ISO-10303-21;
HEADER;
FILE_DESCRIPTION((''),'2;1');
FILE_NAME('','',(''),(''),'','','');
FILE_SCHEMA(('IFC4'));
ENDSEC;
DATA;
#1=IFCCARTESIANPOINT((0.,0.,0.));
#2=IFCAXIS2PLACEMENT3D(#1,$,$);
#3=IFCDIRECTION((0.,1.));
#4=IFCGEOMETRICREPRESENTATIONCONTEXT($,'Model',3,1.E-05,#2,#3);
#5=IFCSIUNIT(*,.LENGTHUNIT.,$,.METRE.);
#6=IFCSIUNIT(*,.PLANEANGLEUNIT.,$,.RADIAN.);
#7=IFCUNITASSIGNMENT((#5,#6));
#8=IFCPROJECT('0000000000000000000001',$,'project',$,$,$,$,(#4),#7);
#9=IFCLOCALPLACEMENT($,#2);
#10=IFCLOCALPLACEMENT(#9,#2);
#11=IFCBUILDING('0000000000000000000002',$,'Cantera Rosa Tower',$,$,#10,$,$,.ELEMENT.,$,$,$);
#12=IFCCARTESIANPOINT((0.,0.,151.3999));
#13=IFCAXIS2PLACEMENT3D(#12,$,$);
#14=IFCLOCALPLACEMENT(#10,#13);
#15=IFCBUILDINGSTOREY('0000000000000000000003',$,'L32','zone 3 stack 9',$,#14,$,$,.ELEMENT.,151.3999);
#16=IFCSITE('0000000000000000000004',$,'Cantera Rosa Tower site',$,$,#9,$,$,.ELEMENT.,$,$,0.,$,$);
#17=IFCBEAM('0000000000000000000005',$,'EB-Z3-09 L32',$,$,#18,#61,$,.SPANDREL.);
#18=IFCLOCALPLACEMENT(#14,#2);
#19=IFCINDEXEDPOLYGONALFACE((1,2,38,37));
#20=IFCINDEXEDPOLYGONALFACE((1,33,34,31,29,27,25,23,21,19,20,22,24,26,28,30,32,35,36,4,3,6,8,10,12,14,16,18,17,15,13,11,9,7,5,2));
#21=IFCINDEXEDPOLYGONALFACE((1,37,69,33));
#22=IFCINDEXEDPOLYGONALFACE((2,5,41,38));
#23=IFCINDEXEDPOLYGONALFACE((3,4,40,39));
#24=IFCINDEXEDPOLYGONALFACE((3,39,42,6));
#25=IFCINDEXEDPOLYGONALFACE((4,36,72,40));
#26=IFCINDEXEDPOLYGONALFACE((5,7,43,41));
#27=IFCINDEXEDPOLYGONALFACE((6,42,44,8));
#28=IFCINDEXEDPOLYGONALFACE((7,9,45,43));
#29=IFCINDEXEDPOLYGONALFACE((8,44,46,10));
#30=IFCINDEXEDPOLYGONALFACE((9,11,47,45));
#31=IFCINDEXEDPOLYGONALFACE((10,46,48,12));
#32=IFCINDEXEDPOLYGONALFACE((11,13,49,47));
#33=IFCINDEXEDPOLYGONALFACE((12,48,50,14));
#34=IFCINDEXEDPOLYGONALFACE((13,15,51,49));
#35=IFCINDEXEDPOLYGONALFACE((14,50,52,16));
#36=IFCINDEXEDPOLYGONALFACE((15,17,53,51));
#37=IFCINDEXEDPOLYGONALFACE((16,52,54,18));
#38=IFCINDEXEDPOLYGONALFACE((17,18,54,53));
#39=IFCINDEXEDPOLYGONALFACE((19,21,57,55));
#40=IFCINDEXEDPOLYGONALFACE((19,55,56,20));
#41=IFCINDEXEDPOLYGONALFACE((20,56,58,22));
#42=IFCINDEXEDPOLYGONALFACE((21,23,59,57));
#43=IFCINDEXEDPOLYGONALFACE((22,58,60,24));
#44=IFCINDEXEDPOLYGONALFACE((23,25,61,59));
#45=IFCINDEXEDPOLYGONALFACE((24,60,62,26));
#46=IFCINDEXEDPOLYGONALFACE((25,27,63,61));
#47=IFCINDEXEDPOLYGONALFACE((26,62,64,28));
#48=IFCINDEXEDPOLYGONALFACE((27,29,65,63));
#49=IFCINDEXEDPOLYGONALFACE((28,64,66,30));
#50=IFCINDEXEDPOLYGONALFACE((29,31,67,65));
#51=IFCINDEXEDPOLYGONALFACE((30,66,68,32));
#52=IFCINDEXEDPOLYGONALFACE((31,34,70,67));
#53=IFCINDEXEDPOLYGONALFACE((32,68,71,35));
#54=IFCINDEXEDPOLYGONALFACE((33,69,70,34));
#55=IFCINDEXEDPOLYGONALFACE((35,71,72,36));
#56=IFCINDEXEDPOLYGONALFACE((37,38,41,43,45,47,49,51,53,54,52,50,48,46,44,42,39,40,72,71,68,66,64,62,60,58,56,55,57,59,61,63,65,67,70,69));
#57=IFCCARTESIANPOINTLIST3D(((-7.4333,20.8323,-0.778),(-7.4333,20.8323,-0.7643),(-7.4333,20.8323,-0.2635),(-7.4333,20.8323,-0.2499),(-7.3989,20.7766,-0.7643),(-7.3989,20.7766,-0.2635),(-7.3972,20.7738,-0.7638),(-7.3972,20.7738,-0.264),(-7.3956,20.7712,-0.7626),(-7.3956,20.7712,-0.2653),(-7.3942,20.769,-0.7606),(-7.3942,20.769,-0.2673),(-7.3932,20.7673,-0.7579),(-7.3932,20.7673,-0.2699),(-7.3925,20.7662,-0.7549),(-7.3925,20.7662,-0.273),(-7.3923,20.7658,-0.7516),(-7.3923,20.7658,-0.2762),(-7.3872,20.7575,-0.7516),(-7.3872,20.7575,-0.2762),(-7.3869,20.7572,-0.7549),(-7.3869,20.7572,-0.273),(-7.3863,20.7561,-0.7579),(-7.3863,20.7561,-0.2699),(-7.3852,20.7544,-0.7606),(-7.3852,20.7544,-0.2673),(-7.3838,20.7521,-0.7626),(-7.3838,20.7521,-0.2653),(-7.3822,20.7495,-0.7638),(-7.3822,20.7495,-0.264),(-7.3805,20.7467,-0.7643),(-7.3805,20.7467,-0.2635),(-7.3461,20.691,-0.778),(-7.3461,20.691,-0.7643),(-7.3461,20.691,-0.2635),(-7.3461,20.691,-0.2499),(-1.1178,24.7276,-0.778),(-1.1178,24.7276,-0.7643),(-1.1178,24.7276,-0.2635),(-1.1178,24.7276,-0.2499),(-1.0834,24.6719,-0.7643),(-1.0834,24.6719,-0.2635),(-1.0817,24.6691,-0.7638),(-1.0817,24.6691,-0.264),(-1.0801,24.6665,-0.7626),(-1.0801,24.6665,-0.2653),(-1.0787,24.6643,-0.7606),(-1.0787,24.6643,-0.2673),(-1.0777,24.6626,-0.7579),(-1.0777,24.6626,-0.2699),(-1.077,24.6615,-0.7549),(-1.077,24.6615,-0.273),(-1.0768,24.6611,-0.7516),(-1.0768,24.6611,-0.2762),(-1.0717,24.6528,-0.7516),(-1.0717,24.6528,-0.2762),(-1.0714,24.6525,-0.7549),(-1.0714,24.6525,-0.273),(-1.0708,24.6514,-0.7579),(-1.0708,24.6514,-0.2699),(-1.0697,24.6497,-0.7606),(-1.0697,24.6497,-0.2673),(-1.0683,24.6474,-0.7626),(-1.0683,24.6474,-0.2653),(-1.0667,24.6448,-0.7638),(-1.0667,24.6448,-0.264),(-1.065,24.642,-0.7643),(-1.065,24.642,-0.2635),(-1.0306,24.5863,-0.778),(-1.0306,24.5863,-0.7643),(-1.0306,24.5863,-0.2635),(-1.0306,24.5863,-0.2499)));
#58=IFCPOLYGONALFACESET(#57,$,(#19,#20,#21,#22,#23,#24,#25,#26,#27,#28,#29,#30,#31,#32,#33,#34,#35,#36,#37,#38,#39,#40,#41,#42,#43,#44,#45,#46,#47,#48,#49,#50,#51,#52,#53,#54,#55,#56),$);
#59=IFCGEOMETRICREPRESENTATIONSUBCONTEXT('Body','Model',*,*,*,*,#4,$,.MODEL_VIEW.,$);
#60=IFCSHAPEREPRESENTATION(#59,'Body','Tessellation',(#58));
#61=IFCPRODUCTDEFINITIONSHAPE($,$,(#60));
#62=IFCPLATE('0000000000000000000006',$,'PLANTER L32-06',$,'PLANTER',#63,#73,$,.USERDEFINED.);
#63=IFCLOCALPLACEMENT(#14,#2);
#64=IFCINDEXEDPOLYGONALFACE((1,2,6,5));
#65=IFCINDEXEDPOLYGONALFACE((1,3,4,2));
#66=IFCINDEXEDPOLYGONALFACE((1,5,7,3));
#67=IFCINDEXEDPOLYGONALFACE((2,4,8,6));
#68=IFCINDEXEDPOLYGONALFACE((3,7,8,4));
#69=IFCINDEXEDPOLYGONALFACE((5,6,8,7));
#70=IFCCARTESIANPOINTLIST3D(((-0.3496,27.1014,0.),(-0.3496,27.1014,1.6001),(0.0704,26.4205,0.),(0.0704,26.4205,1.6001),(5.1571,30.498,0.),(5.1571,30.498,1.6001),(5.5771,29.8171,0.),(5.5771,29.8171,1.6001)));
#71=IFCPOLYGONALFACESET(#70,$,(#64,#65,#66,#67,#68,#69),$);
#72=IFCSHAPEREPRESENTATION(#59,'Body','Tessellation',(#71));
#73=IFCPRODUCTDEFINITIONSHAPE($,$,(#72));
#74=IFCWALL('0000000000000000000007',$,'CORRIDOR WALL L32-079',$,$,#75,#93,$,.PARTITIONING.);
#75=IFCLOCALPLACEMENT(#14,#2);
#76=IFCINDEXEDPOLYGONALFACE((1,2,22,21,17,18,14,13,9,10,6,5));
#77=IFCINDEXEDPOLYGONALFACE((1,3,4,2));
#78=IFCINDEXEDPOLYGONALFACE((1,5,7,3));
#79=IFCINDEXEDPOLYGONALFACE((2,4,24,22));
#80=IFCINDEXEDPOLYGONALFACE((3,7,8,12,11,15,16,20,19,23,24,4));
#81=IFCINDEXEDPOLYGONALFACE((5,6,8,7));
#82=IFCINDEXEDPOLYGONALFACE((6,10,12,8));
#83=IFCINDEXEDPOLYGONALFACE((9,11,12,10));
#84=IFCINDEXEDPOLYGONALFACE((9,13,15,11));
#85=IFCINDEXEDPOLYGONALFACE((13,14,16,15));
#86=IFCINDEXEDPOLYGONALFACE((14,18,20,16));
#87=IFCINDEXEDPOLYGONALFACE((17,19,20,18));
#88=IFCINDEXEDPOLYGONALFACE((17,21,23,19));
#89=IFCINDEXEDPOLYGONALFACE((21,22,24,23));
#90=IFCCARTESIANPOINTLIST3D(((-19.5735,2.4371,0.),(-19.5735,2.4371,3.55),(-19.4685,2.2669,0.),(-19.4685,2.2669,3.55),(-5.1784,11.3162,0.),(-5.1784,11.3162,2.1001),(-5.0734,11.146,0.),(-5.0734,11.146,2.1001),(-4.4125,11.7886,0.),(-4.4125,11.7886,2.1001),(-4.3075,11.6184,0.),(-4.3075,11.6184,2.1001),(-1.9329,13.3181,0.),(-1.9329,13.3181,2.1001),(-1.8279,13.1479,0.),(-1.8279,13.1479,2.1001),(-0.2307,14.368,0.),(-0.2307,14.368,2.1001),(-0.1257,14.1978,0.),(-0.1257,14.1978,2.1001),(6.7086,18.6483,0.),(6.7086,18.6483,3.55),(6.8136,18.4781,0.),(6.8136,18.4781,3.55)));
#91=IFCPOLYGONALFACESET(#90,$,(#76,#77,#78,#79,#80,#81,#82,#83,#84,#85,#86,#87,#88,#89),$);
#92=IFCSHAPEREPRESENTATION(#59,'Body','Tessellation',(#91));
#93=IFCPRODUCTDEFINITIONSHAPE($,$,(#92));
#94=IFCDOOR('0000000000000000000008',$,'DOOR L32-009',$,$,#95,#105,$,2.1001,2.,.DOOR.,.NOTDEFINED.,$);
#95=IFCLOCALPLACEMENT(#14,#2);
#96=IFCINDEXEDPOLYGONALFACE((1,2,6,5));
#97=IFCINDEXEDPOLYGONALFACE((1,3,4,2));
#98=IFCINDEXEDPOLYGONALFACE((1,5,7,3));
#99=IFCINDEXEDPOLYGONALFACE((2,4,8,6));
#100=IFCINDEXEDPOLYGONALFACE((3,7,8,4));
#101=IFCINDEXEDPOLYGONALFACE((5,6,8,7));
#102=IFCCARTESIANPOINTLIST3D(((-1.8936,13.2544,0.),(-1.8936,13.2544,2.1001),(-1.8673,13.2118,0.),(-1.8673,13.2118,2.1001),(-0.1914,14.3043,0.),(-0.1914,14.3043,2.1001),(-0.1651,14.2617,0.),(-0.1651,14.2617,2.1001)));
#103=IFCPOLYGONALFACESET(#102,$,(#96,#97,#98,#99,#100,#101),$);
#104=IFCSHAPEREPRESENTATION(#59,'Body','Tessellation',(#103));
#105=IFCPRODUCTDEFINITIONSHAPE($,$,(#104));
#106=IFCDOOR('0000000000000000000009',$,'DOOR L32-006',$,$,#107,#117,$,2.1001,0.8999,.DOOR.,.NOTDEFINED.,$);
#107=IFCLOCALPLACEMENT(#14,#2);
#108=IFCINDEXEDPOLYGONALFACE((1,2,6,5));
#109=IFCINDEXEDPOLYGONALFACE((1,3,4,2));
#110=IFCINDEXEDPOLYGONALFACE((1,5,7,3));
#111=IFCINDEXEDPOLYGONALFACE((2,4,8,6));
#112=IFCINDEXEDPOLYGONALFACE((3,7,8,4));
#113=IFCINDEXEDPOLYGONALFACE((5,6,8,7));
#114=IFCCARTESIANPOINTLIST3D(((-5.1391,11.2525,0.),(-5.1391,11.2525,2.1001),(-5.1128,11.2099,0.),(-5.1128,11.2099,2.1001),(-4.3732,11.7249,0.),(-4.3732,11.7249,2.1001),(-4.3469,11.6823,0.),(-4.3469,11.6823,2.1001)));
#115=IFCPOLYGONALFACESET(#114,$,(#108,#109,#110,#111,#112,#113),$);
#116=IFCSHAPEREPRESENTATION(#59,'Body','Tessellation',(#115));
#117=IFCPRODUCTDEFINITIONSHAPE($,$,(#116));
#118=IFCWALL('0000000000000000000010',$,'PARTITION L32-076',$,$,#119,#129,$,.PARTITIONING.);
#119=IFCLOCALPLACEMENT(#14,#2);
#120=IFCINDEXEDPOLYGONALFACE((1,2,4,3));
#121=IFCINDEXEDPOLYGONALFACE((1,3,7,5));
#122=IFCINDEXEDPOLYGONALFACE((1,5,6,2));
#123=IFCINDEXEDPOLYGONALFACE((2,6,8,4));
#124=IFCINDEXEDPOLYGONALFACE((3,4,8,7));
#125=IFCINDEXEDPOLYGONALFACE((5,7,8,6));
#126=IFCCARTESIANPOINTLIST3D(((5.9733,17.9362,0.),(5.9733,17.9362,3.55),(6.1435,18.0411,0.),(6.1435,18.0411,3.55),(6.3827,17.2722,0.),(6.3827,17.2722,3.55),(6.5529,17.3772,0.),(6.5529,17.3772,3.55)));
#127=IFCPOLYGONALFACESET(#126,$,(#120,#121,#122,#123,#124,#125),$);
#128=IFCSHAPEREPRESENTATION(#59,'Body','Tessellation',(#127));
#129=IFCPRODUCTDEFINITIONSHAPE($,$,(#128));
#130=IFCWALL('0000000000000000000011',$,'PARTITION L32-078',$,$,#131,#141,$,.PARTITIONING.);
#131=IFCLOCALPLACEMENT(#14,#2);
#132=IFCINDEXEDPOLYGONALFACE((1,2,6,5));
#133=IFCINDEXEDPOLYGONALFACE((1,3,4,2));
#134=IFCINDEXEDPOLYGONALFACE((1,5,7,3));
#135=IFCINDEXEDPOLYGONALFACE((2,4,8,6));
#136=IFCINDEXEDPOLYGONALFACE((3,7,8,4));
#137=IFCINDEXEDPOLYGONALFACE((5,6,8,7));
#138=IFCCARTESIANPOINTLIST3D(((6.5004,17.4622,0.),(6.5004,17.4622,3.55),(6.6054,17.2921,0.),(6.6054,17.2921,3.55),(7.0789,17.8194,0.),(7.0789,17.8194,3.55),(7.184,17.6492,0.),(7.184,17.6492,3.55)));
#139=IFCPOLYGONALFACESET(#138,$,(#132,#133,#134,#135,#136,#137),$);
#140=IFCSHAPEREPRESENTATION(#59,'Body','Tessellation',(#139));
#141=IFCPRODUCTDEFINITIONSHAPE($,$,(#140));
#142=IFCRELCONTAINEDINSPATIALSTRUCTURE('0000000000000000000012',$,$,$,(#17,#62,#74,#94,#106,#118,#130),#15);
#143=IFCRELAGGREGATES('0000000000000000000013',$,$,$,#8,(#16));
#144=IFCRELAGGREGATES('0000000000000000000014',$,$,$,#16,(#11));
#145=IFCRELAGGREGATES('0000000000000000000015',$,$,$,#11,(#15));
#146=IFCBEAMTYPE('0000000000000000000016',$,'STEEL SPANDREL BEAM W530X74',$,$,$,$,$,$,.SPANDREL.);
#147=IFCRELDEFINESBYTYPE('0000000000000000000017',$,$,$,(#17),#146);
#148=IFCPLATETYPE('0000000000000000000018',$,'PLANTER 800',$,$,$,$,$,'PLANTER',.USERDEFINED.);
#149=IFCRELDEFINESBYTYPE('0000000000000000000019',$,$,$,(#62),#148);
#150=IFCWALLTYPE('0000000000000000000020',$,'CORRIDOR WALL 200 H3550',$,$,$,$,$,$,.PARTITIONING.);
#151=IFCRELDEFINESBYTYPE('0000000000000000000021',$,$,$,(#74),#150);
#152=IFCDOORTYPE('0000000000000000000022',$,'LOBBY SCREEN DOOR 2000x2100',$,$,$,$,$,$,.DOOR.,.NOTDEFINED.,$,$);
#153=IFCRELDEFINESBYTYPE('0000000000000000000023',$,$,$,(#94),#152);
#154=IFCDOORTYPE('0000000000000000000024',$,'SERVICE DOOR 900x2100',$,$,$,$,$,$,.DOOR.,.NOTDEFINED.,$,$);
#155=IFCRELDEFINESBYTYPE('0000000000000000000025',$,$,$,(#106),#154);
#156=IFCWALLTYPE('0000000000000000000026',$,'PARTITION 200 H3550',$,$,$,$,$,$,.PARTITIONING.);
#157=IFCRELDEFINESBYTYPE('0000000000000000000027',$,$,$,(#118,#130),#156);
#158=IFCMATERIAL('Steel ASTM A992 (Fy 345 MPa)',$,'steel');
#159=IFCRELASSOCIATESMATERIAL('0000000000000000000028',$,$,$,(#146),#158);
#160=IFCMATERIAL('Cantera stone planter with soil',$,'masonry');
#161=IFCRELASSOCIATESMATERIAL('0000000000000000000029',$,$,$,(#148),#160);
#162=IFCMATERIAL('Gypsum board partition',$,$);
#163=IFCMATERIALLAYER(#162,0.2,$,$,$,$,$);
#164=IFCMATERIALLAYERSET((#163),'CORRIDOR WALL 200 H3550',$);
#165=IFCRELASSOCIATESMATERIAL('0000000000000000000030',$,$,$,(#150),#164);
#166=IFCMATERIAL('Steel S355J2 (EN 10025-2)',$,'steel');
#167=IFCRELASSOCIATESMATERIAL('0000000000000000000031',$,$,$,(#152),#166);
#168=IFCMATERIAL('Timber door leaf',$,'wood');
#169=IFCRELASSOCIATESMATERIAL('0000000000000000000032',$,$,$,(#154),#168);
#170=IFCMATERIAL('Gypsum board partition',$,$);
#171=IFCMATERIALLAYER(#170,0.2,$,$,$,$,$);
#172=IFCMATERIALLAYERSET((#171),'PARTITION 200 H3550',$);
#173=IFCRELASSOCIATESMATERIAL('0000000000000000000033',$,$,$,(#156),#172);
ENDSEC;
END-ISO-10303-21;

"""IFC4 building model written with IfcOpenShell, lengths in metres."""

from ifc_helpers import new_model, si_unit, direction, frame, frame_2d, origin, origin_2d, place, context, subcontext, project, spatial, rectangle, i_section, extrude, material, layer, layer_set, material_profile, profile_set, type_object, element, fill, save


model = new_model("IFC4")

# Units and contexts
model_context = context("Model", 3, precision=1e-05, world=origin(), true_north=direction((0.0, 1.0)))
body_context = subcontext(model_context, "Body", "Model", "MODEL_VIEW")
ifc_project = project(units=[si_unit("LENGTHUNIT", "METRE"), si_unit("PLANEANGLEUNIT", "RADIAN")], contexts=[model_context])

# Site, building, storey
site_placement = place(None, origin())
site = spatial("IfcSite", under=ifc_project, at=site_placement, Name="Cantera Rosa Tower site", CompositionType="ELEMENT", RefElevation=0.0)
building_placement = place(site_placement, origin())
building = spatial("IfcBuilding", under=site, at=building_placement, Name="Cantera Rosa Tower", CompositionType="ELEMENT")
storey_placement = place(building_placement, frame((0.0, 0.0, 151.3999)))
storey = spatial("IfcBuildingStorey", under=building, at=storey_placement, Name="L32", Description="zone 3 stack 9", CompositionType="ELEMENT", Elevation=151.3999)

# Beam
ifc_material_1 = material(Name="Steel ASTM A992 (Fy 345 MPa)", Category="steel")
ifc_material_profile_1 = material_profile(ifc_material_1, i_section(OverallWidth=0.166, OverallDepth=0.5281, WebThickness=0.0098, FlangeThickness=0.0137, FilletRadius=0.0127, at=origin_2d()), Name="W530X74")
ifc_profile_set_1 = profile_set([ifc_material_profile_1], Name="Steel ASTM A992 (Fy 345 MPa)")
beam_type_1 = type_object("IfcBeamType", Name="STEEL SPANDREL BEAM W530X74", PredefinedType="SPANDREL", material=ifc_profile_set_1)
for number, where, z_axis, x_axis, name in (
    (1, (-1.0742, 24.657, -0.5139), (-0.851126, -0.524962, 0.0), (0.524962, -0.851126, 0.0), "EB-Z3-09 L32"),
):
    element("IfcBeam", number, at=place(storey_placement, frame(where, z_axis=z_axis, x_axis=x_axis)), inside=storey, type_object=beam_type_1, Name=name, PredefinedType="SPANDREL", context=body_context, shape_type="SweptSolid", body=[
        extrude(i_section(OverallWidth=0.166, OverallDepth=0.5281, WebThickness=0.0098, FlangeThickness=0.0137, FilletRadius=0.0127, at=origin_2d()), origin(), (0.0, 0.0, 1.0), 7.4202),
    ])

# Plate
ifc_material_2 = material(Name="Cantera stone planter with soil", Category="masonry")
plate_type = type_object("IfcPlateType", Name="PLANTER 800", ElementType="PLANTER", PredefinedType="USERDEFINED", material=ifc_material_2)
plate_placement = place(storey_placement, frame((2.6138, 28.4592, 0.0), z_axis=(0.0, 0.0, 1.0), x_axis=(-0.851117, -0.524977, 0.0)))
element("IfcPlate", 2, at=plate_placement, inside=storey, type_object=plate_type, Name="PLANTER L32-06", ObjectType="PLANTER", PredefinedType="USERDEFINED", context=body_context, shape_type="SweptSolid", body=[
    extrude(rectangle(XDim=6.47, YDim=0.8, at=origin_2d()), origin(), (0.0, 0.0, 1.0), 1.6001),
])

# Wall, openings, doors
ifc_material_3 = material(Name="Gypsum board partition")
ifc_layer_1 = layer(ifc_material_3, 0.2)
ifc_layer_set_1 = layer_set([ifc_layer_1], Name="CORRIDOR WALL 200 H3550")
wall_type_1 = type_object("IfcWallType", Name="CORRIDOR WALL 200 H3550", PredefinedType="PARTITIONING", material=ifc_layer_set_1)
wall_1_placement = place(storey_placement, frame((6.7612, 18.5632, 0.0), z_axis=(0.0, 0.0, 1.0), x_axis=(-0.851116, -0.524978, 0.0)))
wall_1 = element("IfcWall", 3, at=wall_1_placement, inside=storey, type_object=wall_type_1, Name="CORRIDOR WALL L32-079", PredefinedType="PARTITIONING", context=body_context, shape_type="SweptSolid", body=[
    extrude(rectangle(XDim=30.8796, YDim=0.2, at=frame_2d((15.4399, 0.0))), origin(), (0.0, 0.0, 1.0), 3.55),
])
opening_1_placement = place(wall_1_placement, frame((13.0667, 0.0, 0.0)))
opening_1 = element("IfcOpeningElement", 4, at=opening_1_placement, cuts=wall_1, PredefinedType="OPENING", context=body_context, shape_type="SweptSolid", body=[
    extrude(rectangle(XDim=0.8999, YDim=2.1001, at=frame_2d((0.45, 1.05))), frame((0.0, 0.1099, 0.0), z_axis=(0.0, -1.0, 0.0), x_axis=(1.0, 0.0, 0.0)), (0.0, 0.0, 1.0), 0.22),
])
opening_2_placement = place(wall_1_placement, frame((8.1533, 0.0, 0.0)))
opening_2 = element("IfcOpeningElement", 5, at=opening_2_placement, cuts=wall_1, PredefinedType="OPENING", context=body_context, shape_type="SweptSolid", body=[
    extrude(rectangle(XDim=2.0, YDim=2.1001, at=frame_2d((1.0, 1.05))), frame((0.0, 0.1099, 0.0), z_axis=(0.0, -1.0, 0.0), x_axis=(1.0, 0.0, 0.0)), (0.0, 0.0, 1.0), 0.22),
])
ifc_material_4 = material(Name="Steel S355J2 (EN 10025-2)", Category="steel")
door_type_1 = type_object("IfcDoorType", Name="LOBBY SCREEN DOOR 2000x2100", OperationType="NOTDEFINED", PredefinedType="DOOR", material=ifc_material_4)
door_1_placement = place(opening_2_placement, origin())
door_1 = element("IfcDoor", 6, at=door_1_placement, inside=storey, type_object=door_type_1, Name="DOOR L32-009", OperationType="NOTDEFINED", OverallHeight=2.1001, OverallWidth=2.0, PredefinedType="DOOR", context=body_context, shape_type="SweptSolid", body=[
    extrude(rectangle(XDim=2.0, YDim=2.1001, at=frame_2d((1.0, 1.05))), frame((0.0, 0.0249, 0.0), z_axis=(0.0, -1.0, 0.0), x_axis=(1.0, 0.0, 0.0)), (0.0, 0.0, 1.0), 0.05),
])
fill(opening_2, door_1)
ifc_material_5 = material(Name="Timber door leaf", Category="wood")
door_type_2 = type_object("IfcDoorType", Name="SERVICE DOOR 900x2100", OperationType="NOTDEFINED", PredefinedType="DOOR", material=ifc_material_5)
door_2_placement = place(opening_1_placement, origin())
door_2 = element("IfcDoor", 7, at=door_2_placement, inside=storey, type_object=door_type_2, Name="DOOR L32-006", OperationType="NOTDEFINED", OverallHeight=2.1001, OverallWidth=0.8999, PredefinedType="DOOR", context=body_context, shape_type="SweptSolid", body=[
    extrude(rectangle(XDim=0.8999, YDim=2.1001, at=frame_2d((0.45, 1.05))), frame((0.0, 0.0249, 0.0), z_axis=(0.0, -1.0, 0.0), x_axis=(1.0, 0.0, 0.0)), (0.0, 0.0, 1.0), 0.05),
])
fill(opening_1, door_2)

# Walls
ifc_material_6 = material(Name="Gypsum board partition")
ifc_layer_2 = layer(ifc_material_6, 0.2)
ifc_layer_set_2 = layer_set([ifc_layer_2], Name="PARTITION 200 H3550")
wall_type_2 = type_object("IfcWallType", Name="PARTITION 200 H3550", PredefinedType="PARTITIONING", material=ifc_layer_set_2)
wall_2_placement = place(storey_placement, frame((6.0583, 17.9888, 0.0), z_axis=(0.0, 0.0, 1.0), x_axis=(0.524813, -0.851217, 0.0)))
element("IfcWall", 8, at=wall_2_placement, inside=storey, type_object=wall_type_2, Name="PARTITION L32-076", PredefinedType="PARTITIONING", context=body_context, shape_type="SweptSolid", body=[
    extrude(rectangle(XDim=0.78, YDim=0.2, at=frame_2d((0.3901, 0.0))), origin(), (0.0, 0.0, 1.0), 3.55),
])
wall_3_placement = place(storey_placement, frame((6.553, 17.3772, 0.0), z_axis=(0.0, 0.0, 1.0), x_axis=(0.85093, 0.525279, 0.0)))
element("IfcWall", 9, at=wall_3_placement, inside=storey, type_object=wall_type_2, Name="PARTITION L32-078", PredefinedType="PARTITIONING", context=body_context, shape_type="SweptSolid", body=[
    extrude(rectangle(XDim=0.6799, YDim=0.2, at=frame_2d((0.3398, 0.0))), origin(), (0.0, 0.0, 1.0), 3.55),
])

save(model, "model.ifc")
